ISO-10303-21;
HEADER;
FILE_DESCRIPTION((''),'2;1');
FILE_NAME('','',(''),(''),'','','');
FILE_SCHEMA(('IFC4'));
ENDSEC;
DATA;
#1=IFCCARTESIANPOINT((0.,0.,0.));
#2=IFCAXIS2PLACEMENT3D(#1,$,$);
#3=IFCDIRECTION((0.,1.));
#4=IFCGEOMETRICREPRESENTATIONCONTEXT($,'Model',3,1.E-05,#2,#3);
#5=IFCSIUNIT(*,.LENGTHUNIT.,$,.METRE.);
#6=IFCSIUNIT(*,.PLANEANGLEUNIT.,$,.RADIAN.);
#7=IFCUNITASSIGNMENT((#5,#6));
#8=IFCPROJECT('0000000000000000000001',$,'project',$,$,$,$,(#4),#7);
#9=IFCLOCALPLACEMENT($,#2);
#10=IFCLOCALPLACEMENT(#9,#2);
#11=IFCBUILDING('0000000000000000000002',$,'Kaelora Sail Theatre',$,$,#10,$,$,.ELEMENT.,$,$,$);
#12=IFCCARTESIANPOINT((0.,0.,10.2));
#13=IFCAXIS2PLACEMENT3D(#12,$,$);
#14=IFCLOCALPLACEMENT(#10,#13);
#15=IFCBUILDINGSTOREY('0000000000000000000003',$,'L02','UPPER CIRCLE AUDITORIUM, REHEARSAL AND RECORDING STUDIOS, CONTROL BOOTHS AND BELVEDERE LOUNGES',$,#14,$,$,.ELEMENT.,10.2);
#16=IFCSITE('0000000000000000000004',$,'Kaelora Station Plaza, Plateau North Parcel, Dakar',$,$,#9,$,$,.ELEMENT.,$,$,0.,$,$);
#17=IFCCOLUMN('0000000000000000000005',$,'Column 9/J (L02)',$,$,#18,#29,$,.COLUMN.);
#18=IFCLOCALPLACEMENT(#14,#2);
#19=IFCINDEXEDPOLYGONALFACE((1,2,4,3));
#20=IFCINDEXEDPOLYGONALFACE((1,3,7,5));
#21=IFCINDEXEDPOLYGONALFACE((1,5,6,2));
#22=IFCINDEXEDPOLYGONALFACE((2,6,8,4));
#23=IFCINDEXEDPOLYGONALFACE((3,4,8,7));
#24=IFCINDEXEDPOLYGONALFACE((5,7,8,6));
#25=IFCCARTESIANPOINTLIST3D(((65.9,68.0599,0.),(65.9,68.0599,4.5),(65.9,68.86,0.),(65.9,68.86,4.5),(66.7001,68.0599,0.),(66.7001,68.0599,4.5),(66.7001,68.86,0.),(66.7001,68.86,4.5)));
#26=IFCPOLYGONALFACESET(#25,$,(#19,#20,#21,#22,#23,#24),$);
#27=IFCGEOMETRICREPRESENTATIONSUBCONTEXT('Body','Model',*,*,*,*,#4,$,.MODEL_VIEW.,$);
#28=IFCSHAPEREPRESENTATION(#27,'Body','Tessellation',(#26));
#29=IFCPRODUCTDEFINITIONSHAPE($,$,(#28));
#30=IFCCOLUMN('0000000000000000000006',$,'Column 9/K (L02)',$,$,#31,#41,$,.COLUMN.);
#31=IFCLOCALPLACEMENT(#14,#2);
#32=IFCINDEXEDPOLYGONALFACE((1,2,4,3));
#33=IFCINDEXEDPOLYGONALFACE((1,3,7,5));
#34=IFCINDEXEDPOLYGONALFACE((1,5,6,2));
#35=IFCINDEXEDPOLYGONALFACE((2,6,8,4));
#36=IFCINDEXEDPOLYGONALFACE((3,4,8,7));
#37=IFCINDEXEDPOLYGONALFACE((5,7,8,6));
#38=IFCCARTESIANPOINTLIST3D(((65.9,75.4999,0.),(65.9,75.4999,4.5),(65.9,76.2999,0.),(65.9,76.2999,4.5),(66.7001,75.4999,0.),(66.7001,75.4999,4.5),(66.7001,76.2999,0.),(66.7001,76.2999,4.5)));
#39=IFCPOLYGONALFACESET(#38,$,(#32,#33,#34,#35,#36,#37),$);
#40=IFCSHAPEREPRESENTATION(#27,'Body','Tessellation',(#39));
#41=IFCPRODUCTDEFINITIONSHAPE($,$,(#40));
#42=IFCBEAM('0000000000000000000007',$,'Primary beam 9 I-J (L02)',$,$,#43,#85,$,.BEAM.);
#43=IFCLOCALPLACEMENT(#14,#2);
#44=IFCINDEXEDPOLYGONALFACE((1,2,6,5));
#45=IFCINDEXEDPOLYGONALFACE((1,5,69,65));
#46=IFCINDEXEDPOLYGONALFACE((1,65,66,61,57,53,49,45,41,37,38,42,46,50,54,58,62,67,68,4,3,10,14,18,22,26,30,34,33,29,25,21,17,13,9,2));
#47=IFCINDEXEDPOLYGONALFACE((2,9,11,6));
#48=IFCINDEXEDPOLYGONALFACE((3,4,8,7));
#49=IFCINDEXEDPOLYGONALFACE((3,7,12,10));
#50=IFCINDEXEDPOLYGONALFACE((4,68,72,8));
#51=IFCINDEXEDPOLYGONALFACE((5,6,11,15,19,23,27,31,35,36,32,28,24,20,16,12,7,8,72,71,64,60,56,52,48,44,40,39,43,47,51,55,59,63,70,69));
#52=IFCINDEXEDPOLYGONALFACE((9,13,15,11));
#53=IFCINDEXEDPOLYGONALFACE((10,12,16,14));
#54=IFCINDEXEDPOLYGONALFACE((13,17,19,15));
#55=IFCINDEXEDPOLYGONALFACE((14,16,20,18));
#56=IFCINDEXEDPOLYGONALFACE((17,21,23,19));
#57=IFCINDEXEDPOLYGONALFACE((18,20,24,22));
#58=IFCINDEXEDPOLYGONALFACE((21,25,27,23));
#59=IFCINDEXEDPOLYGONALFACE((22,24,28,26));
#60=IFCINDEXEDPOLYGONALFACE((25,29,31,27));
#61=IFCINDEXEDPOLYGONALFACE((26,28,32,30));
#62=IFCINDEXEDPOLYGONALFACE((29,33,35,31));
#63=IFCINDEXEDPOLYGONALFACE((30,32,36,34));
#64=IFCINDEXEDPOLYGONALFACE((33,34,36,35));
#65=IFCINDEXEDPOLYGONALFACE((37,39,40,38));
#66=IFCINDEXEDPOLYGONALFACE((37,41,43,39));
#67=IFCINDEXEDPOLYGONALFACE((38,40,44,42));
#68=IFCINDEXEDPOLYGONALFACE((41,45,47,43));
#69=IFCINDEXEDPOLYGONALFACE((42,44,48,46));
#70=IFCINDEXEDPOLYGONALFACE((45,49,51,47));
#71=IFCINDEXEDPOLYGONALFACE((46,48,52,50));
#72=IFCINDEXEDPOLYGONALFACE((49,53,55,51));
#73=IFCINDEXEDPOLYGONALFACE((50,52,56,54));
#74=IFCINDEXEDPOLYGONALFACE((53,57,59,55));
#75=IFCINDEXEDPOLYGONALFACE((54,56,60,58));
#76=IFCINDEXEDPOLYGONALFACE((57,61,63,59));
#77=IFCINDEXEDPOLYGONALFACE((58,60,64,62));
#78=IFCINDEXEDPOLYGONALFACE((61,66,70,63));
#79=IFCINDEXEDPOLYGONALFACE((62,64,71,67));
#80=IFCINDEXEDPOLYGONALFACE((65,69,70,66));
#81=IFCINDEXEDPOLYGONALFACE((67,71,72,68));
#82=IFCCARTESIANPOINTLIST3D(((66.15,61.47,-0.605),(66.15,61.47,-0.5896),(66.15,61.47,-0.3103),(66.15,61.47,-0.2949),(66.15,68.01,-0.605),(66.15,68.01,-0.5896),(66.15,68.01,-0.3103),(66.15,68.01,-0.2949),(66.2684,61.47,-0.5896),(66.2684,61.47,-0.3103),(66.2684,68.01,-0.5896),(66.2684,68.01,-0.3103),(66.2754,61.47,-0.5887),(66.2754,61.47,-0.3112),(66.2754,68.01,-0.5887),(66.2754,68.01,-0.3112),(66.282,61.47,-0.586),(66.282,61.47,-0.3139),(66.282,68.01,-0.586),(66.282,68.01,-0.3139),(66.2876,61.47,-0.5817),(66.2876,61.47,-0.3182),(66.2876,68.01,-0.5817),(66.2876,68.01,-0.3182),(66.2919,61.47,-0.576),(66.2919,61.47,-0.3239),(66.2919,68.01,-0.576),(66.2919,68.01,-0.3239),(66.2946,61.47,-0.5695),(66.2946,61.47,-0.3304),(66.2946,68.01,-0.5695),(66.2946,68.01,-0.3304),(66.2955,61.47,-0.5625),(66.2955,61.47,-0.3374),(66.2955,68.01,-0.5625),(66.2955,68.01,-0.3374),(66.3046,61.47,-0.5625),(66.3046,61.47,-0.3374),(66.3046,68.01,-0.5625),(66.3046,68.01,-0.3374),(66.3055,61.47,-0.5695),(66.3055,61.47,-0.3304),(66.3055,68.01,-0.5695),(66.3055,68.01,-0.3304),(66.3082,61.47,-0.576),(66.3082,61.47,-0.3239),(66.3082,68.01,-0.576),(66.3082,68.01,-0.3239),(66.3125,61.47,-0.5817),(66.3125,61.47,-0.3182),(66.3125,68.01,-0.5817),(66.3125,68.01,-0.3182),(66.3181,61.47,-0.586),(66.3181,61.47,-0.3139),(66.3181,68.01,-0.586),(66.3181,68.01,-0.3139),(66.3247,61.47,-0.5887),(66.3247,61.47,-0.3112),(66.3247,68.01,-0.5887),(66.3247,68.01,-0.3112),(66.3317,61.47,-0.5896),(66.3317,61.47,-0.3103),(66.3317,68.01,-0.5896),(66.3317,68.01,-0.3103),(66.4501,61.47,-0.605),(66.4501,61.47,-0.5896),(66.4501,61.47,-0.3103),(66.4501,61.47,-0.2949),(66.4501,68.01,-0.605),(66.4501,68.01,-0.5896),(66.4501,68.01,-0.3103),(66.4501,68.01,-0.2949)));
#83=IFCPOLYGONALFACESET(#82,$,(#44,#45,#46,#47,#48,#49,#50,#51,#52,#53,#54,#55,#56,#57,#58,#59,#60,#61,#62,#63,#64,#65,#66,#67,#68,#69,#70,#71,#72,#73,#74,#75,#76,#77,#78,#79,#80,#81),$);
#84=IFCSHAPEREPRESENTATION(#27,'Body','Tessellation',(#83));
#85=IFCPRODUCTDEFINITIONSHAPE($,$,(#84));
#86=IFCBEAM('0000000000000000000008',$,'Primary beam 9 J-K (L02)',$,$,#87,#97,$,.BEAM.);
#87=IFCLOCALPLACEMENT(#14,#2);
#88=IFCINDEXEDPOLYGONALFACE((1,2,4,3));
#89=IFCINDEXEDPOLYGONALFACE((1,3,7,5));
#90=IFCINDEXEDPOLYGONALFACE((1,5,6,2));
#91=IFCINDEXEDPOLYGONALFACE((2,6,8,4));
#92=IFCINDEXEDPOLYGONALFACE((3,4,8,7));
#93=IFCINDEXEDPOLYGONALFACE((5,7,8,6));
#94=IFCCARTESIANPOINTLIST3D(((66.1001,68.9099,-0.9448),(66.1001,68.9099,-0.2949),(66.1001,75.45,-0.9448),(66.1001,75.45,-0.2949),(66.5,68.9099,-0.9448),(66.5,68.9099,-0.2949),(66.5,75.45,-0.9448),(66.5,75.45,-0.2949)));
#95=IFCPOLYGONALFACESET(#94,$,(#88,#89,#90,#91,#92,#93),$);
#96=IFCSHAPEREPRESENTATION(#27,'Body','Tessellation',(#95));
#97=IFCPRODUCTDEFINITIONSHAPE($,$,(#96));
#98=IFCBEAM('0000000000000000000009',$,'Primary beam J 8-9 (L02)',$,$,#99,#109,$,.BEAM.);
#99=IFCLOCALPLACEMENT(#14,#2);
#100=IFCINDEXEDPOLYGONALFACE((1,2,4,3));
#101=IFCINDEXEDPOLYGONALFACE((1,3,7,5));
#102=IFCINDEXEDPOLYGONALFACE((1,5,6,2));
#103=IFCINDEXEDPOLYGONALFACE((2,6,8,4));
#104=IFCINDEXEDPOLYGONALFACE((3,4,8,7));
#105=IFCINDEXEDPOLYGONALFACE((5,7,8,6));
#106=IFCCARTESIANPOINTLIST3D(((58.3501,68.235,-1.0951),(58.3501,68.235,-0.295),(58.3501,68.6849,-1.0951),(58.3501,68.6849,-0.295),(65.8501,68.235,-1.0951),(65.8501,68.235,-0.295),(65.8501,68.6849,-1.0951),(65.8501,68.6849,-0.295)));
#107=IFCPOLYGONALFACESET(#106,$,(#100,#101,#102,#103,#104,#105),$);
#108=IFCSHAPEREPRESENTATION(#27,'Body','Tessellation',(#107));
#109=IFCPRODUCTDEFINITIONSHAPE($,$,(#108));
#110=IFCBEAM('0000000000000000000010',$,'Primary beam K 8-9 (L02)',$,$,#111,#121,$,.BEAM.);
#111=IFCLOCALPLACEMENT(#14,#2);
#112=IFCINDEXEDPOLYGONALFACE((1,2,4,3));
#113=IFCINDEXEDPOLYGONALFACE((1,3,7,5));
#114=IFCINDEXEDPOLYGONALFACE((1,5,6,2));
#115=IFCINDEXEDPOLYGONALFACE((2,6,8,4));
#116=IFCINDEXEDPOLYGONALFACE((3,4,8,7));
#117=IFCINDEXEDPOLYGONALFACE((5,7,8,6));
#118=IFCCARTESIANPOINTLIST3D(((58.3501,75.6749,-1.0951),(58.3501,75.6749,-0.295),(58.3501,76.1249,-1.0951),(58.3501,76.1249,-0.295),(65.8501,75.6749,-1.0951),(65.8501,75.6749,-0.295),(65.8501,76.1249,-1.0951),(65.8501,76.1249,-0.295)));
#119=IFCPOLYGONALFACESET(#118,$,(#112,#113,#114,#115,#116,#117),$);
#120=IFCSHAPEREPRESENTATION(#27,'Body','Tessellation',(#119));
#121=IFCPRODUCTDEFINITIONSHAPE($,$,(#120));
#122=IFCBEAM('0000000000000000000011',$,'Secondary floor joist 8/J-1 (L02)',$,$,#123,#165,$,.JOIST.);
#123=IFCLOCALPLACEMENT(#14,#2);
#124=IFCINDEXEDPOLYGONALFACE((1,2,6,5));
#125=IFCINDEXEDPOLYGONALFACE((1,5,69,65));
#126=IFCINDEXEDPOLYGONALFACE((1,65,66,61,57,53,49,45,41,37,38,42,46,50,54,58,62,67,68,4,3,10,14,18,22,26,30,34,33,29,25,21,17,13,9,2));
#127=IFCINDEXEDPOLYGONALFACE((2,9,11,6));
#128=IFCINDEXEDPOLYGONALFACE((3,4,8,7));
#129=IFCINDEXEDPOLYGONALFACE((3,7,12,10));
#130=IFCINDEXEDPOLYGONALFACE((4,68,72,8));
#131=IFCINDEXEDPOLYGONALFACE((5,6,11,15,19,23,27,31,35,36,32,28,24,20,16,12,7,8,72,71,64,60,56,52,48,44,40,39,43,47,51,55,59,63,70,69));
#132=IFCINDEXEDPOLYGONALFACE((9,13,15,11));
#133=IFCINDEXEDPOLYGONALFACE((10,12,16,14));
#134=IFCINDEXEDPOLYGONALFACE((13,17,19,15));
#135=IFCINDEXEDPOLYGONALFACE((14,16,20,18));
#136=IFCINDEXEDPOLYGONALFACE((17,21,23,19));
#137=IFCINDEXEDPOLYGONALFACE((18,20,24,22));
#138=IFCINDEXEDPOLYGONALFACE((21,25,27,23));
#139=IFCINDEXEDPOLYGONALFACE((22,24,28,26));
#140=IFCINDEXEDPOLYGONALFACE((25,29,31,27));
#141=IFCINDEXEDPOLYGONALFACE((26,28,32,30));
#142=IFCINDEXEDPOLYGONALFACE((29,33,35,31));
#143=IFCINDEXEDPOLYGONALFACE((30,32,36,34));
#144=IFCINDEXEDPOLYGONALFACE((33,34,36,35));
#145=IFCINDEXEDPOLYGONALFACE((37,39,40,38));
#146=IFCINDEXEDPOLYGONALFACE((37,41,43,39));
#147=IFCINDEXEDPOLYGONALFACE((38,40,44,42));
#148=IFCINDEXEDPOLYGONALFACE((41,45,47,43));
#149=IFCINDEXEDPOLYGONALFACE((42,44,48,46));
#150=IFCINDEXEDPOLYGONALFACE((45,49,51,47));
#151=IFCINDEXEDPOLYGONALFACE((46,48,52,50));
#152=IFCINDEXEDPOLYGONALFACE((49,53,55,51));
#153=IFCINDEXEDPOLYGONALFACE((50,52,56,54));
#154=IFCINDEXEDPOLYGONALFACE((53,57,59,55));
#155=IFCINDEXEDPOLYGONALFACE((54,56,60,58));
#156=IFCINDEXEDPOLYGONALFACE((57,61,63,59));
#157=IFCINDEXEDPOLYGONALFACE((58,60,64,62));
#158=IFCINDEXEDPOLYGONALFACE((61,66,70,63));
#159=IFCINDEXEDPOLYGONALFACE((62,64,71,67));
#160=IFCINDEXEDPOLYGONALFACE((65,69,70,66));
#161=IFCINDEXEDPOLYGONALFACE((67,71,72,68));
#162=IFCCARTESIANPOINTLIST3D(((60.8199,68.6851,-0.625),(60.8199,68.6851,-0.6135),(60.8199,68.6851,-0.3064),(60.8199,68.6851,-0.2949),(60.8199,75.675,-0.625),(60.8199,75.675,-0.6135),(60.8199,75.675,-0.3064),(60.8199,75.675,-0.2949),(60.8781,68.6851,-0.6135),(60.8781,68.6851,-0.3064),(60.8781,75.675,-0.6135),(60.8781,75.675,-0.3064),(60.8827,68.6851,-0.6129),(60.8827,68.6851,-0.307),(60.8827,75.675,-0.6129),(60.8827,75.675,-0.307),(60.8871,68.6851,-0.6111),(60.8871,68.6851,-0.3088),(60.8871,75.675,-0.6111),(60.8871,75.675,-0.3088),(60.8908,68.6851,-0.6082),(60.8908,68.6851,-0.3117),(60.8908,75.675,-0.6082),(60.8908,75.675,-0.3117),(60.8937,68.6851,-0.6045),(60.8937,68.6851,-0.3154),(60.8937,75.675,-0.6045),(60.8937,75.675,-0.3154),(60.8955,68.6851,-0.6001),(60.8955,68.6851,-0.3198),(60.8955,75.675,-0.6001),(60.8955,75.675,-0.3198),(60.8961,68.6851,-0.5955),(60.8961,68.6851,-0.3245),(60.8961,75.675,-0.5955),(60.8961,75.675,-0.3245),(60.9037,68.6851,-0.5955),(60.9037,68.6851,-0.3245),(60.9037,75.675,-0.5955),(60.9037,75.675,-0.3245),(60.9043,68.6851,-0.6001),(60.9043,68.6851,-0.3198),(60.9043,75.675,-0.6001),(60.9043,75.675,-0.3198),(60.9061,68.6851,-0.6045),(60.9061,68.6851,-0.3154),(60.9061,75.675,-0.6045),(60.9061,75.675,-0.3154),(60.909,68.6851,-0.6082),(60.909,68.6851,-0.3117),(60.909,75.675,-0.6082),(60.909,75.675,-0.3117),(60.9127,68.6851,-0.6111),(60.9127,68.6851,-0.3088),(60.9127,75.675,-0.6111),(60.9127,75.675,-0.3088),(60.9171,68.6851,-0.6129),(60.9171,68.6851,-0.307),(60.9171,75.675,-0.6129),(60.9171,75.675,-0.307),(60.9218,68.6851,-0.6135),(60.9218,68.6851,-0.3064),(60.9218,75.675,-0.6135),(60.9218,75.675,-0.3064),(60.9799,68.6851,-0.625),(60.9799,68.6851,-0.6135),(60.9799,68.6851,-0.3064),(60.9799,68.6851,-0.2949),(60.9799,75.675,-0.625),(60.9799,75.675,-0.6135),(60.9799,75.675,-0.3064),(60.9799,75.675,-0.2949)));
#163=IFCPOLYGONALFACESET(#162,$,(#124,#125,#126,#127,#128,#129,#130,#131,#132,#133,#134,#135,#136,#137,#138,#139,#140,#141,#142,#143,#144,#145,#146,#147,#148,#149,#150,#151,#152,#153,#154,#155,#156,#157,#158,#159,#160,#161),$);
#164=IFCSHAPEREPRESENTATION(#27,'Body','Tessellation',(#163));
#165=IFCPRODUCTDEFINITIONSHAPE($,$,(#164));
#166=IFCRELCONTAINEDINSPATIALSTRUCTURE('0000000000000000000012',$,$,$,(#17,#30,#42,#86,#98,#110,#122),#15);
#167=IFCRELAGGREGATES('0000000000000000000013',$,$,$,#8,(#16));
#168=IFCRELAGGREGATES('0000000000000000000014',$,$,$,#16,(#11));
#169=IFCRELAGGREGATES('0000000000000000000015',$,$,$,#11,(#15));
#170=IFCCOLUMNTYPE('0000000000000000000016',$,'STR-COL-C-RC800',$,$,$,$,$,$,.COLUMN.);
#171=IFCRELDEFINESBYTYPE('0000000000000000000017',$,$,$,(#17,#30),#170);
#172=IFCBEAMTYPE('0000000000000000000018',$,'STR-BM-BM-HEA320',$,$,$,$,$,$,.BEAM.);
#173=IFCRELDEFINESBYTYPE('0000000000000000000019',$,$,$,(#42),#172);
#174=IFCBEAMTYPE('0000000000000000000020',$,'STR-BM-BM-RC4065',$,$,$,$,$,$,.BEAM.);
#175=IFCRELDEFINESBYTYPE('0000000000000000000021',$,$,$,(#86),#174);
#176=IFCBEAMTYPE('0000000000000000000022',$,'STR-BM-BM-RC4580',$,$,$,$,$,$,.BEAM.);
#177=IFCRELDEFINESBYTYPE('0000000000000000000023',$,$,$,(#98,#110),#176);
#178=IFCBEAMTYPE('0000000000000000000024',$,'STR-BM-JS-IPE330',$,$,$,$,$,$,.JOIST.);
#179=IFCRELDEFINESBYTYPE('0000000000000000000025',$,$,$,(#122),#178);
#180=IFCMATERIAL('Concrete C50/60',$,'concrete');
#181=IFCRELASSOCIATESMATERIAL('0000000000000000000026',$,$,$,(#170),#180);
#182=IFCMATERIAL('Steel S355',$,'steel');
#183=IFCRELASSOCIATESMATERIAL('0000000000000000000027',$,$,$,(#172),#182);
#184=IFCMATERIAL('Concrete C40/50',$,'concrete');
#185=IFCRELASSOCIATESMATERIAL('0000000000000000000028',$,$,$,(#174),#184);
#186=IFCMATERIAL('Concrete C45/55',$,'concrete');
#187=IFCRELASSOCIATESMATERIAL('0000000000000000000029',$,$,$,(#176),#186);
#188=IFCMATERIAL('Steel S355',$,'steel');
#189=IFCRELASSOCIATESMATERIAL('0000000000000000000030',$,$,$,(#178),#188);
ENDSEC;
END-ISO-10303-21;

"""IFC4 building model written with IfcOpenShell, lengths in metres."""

from ifc_helpers import new_model, si_unit, direction, frame, origin, origin_2d, place, context, subcontext, project, spatial, rectangle, i_section, extrude, material, material_profile, profile_set, type_object, element, save


model = new_model("IFC4")

# Units and contexts
model_context = context("Model", 3, precision=1e-05, world=origin(), true_north=direction((0.0, 1.0)))
body_context = subcontext(model_context, "Body", "Model", "MODEL_VIEW")
ifc_project = project(units=[si_unit("LENGTHUNIT", "METRE"), si_unit("PLANEANGLEUNIT", "RADIAN")], contexts=[model_context])

# Site, building, storey
site_placement = place(None, origin())
site = spatial("IfcSite", under=ifc_project, at=site_placement, Name="Kaelora Station Plaza, Plateau North Parcel, Dakar", CompositionType="ELEMENT", RefElevation=0.0)
building_placement = place(site_placement, origin())
building = spatial("IfcBuilding", under=site, at=building_placement, Name="Kaelora Sail Theatre", CompositionType="ELEMENT")
storey_placement = place(building_placement, frame((0.0, 0.0, 10.2)))
storey = spatial("IfcBuildingStorey", under=building, at=storey_placement, Name="L02", Description="UPPER CIRCLE AUDITORIUM, REHEARSAL AND RECORDING STUDIOS, CONTROL BOOTHS AND BELVEDERE LOUNGES", CompositionType="ELEMENT", Elevation=10.2)

# Columns
ifc_material_1 = material(Name="Concrete C50/60", Category="concrete")
ifc_material_profile_1 = material_profile(ifc_material_1, rectangle(XDim=0.8, YDim=0.8, at=origin_2d()), Name="RC-COL 800x800")
ifc_profile_set_1 = profile_set([ifc_material_profile_1], Name="Concrete C50/60")
column_type = type_object("IfcColumnType", Name="STR-COL-C-RC800", PredefinedType="COLUMN", material=ifc_profile_set_1)
for number, where, z_axis, x_axis, name in (
    (1, (66.3, 68.46, 0.0), (0.0, 0.0, 1.0), (1.0, 0.0, 0.0), "Column 9/J (L02)"),
    (2, (66.3, 75.8999, 0.0), (0.0, 0.0, 1.0), (1.0, 0.0, 0.0), "Column 9/K (L02)"),
):
    element("IfcColumn", number, at=place(storey_placement, frame(where, z_axis=z_axis, x_axis=x_axis)), inside=storey, type_object=column_type, Name=name, PredefinedType="COLUMN", context=body_context, shape_type="SweptSolid", body=[
        extrude(rectangle(XDim=0.8, YDim=0.8, at=origin_2d()), origin(), (0.0, 0.0, 1.0), 4.5),
    ])

# Beams
ifc_material_2 = material(Name="Steel S355", Category="steel")
ifc_material_profile_2 = material_profile(ifc_material_2, i_section(OverallWidth=0.3, OverallDepth=0.3101, WebThickness=0.009, FlangeThickness=0.0154, FilletRadius=0.0271, at=origin_2d()), Name="HEA 320")
ifc_profile_set_2 = profile_set([ifc_material_profile_2], Name="Steel S355")
beam_type_1 = type_object("IfcBeamType", Name="STR-BM-BM-HEA320", PredefinedType="BEAM", material=ifc_profile_set_2)
beam_1_placement = place(storey_placement, frame((66.3, 61.47, -0.45), z_axis=(0.0, 1.0, 0.0), x_axis=(-1.0, 0.0, 0.0)))
element("IfcBeam", 3, at=beam_1_placement, inside=storey, type_object=beam_type_1, Name="Primary beam 9 I-J (L02)", PredefinedType="BEAM", context=body_context, shape_type="SweptSolid", body=[
    extrude(i_section(OverallWidth=0.3, OverallDepth=0.3101, WebThickness=0.009, FlangeThickness=0.0154, FilletRadius=0.0271, at=origin_2d()), origin(), (0.0, 0.0, 1.0), 6.54),
])
ifc_material_3 = material(Name="Concrete C40/50", Category="concrete")
ifc_material_profile_3 = material_profile(ifc_material_3, rectangle(XDim=0.3999, YDim=0.6499, at=origin_2d()), Name="RC-BM 400x650")
ifc_profile_set_3 = profile_set([ifc_material_profile_3], Name="Concrete C40/50")
beam_type_2 = type_object("IfcBeamType", Name="STR-BM-BM-RC4065", PredefinedType="BEAM", material=ifc_profile_set_3)
beam_2_placement = place(storey_placement, frame((66.3, 68.9099, -0.6199), z_axis=(0.0, 1.0, 0.0), x_axis=(-1.0, 0.0, 0.0)))
element("IfcBeam", 4, at=beam_2_placement, inside=storey, type_object=beam_type_2, Name="Primary beam 9 J-K (L02)", PredefinedType="BEAM", context=body_context, shape_type="SweptSolid", body=[
    extrude(rectangle(XDim=0.3999, YDim=0.6499, at=origin_2d()), origin(), (0.0, 0.0, 1.0), 6.54),
])
ifc_material_4 = material(Name="Concrete C45/55", Category="concrete")
ifc_material_profile_4 = material_profile(ifc_material_4, rectangle(XDim=0.45, YDim=0.8, at=origin_2d()), Name="RC-BM 450x800")
ifc_profile_set_4 = profile_set([ifc_material_profile_4], Name="Concrete C45/55")
beam_type_3 = type_object("IfcBeamType", Name="STR-BM-BM-RC4580", PredefinedType="BEAM", material=ifc_profile_set_4)
for number, where, z_axis, x_axis, name in (
    (5, (58.3501, 68.46, -0.6951), (1.0, 0.0, 0.0), (0.0, 1.0, 0.0), "Primary beam J 8-9 (L02)"),
    (6, (58.3501, 75.8999, -0.6951), (1.0, 0.0, 0.0), (0.0, 1.0, 0.0), "Primary beam K 8-9 (L02)"),
):
    element("IfcBeam", number, at=place(storey_placement, frame(where, z_axis=z_axis, x_axis=x_axis)), inside=storey, type_object=beam_type_3, Name=name, PredefinedType="BEAM", context=body_context, shape_type="SweptSolid", body=[
        extrude(rectangle(XDim=0.45, YDim=0.8, at=origin_2d()), origin(), (0.0, 0.0, 1.0), 7.5),
    ])
ifc_material_5 = material(Name="Steel S355", Category="steel")
ifc_material_profile_5 = material_profile(ifc_material_5, i_section(OverallWidth=0.1599, OverallDepth=0.3301, WebThickness=0.0076, FlangeThickness=0.0115, FilletRadius=0.0181, at=origin_2d()), Name="IPE 330")
ifc_profile_set_5 = profile_set([ifc_material_profile_5], Name="Steel S355")
beam_type_4 = type_object("IfcBeamType", Name="STR-BM-JS-IPE330", PredefinedType="JOIST", material=ifc_profile_set_5)
beam_3_placement = place(storey_placement, frame((60.8999, 68.6851, -0.46), z_axis=(0.0, 1.0, 0.0), x_axis=(-1.0, 0.0, 0.0)))
element("IfcBeam", 7, at=beam_3_placement, inside=storey, type_object=beam_type_4, Name="Secondary floor joist 8/J-1 (L02)", PredefinedType="JOIST", context=body_context, shape_type="SweptSolid", body=[
    extrude(i_section(OverallWidth=0.1599, OverallDepth=0.3301, WebThickness=0.0076, FlangeThickness=0.0115, FilletRadius=0.0181, at=origin_2d()), origin(), (0.0, 0.0, 1.0), 6.99),
])

save(model, "model.ifc")
